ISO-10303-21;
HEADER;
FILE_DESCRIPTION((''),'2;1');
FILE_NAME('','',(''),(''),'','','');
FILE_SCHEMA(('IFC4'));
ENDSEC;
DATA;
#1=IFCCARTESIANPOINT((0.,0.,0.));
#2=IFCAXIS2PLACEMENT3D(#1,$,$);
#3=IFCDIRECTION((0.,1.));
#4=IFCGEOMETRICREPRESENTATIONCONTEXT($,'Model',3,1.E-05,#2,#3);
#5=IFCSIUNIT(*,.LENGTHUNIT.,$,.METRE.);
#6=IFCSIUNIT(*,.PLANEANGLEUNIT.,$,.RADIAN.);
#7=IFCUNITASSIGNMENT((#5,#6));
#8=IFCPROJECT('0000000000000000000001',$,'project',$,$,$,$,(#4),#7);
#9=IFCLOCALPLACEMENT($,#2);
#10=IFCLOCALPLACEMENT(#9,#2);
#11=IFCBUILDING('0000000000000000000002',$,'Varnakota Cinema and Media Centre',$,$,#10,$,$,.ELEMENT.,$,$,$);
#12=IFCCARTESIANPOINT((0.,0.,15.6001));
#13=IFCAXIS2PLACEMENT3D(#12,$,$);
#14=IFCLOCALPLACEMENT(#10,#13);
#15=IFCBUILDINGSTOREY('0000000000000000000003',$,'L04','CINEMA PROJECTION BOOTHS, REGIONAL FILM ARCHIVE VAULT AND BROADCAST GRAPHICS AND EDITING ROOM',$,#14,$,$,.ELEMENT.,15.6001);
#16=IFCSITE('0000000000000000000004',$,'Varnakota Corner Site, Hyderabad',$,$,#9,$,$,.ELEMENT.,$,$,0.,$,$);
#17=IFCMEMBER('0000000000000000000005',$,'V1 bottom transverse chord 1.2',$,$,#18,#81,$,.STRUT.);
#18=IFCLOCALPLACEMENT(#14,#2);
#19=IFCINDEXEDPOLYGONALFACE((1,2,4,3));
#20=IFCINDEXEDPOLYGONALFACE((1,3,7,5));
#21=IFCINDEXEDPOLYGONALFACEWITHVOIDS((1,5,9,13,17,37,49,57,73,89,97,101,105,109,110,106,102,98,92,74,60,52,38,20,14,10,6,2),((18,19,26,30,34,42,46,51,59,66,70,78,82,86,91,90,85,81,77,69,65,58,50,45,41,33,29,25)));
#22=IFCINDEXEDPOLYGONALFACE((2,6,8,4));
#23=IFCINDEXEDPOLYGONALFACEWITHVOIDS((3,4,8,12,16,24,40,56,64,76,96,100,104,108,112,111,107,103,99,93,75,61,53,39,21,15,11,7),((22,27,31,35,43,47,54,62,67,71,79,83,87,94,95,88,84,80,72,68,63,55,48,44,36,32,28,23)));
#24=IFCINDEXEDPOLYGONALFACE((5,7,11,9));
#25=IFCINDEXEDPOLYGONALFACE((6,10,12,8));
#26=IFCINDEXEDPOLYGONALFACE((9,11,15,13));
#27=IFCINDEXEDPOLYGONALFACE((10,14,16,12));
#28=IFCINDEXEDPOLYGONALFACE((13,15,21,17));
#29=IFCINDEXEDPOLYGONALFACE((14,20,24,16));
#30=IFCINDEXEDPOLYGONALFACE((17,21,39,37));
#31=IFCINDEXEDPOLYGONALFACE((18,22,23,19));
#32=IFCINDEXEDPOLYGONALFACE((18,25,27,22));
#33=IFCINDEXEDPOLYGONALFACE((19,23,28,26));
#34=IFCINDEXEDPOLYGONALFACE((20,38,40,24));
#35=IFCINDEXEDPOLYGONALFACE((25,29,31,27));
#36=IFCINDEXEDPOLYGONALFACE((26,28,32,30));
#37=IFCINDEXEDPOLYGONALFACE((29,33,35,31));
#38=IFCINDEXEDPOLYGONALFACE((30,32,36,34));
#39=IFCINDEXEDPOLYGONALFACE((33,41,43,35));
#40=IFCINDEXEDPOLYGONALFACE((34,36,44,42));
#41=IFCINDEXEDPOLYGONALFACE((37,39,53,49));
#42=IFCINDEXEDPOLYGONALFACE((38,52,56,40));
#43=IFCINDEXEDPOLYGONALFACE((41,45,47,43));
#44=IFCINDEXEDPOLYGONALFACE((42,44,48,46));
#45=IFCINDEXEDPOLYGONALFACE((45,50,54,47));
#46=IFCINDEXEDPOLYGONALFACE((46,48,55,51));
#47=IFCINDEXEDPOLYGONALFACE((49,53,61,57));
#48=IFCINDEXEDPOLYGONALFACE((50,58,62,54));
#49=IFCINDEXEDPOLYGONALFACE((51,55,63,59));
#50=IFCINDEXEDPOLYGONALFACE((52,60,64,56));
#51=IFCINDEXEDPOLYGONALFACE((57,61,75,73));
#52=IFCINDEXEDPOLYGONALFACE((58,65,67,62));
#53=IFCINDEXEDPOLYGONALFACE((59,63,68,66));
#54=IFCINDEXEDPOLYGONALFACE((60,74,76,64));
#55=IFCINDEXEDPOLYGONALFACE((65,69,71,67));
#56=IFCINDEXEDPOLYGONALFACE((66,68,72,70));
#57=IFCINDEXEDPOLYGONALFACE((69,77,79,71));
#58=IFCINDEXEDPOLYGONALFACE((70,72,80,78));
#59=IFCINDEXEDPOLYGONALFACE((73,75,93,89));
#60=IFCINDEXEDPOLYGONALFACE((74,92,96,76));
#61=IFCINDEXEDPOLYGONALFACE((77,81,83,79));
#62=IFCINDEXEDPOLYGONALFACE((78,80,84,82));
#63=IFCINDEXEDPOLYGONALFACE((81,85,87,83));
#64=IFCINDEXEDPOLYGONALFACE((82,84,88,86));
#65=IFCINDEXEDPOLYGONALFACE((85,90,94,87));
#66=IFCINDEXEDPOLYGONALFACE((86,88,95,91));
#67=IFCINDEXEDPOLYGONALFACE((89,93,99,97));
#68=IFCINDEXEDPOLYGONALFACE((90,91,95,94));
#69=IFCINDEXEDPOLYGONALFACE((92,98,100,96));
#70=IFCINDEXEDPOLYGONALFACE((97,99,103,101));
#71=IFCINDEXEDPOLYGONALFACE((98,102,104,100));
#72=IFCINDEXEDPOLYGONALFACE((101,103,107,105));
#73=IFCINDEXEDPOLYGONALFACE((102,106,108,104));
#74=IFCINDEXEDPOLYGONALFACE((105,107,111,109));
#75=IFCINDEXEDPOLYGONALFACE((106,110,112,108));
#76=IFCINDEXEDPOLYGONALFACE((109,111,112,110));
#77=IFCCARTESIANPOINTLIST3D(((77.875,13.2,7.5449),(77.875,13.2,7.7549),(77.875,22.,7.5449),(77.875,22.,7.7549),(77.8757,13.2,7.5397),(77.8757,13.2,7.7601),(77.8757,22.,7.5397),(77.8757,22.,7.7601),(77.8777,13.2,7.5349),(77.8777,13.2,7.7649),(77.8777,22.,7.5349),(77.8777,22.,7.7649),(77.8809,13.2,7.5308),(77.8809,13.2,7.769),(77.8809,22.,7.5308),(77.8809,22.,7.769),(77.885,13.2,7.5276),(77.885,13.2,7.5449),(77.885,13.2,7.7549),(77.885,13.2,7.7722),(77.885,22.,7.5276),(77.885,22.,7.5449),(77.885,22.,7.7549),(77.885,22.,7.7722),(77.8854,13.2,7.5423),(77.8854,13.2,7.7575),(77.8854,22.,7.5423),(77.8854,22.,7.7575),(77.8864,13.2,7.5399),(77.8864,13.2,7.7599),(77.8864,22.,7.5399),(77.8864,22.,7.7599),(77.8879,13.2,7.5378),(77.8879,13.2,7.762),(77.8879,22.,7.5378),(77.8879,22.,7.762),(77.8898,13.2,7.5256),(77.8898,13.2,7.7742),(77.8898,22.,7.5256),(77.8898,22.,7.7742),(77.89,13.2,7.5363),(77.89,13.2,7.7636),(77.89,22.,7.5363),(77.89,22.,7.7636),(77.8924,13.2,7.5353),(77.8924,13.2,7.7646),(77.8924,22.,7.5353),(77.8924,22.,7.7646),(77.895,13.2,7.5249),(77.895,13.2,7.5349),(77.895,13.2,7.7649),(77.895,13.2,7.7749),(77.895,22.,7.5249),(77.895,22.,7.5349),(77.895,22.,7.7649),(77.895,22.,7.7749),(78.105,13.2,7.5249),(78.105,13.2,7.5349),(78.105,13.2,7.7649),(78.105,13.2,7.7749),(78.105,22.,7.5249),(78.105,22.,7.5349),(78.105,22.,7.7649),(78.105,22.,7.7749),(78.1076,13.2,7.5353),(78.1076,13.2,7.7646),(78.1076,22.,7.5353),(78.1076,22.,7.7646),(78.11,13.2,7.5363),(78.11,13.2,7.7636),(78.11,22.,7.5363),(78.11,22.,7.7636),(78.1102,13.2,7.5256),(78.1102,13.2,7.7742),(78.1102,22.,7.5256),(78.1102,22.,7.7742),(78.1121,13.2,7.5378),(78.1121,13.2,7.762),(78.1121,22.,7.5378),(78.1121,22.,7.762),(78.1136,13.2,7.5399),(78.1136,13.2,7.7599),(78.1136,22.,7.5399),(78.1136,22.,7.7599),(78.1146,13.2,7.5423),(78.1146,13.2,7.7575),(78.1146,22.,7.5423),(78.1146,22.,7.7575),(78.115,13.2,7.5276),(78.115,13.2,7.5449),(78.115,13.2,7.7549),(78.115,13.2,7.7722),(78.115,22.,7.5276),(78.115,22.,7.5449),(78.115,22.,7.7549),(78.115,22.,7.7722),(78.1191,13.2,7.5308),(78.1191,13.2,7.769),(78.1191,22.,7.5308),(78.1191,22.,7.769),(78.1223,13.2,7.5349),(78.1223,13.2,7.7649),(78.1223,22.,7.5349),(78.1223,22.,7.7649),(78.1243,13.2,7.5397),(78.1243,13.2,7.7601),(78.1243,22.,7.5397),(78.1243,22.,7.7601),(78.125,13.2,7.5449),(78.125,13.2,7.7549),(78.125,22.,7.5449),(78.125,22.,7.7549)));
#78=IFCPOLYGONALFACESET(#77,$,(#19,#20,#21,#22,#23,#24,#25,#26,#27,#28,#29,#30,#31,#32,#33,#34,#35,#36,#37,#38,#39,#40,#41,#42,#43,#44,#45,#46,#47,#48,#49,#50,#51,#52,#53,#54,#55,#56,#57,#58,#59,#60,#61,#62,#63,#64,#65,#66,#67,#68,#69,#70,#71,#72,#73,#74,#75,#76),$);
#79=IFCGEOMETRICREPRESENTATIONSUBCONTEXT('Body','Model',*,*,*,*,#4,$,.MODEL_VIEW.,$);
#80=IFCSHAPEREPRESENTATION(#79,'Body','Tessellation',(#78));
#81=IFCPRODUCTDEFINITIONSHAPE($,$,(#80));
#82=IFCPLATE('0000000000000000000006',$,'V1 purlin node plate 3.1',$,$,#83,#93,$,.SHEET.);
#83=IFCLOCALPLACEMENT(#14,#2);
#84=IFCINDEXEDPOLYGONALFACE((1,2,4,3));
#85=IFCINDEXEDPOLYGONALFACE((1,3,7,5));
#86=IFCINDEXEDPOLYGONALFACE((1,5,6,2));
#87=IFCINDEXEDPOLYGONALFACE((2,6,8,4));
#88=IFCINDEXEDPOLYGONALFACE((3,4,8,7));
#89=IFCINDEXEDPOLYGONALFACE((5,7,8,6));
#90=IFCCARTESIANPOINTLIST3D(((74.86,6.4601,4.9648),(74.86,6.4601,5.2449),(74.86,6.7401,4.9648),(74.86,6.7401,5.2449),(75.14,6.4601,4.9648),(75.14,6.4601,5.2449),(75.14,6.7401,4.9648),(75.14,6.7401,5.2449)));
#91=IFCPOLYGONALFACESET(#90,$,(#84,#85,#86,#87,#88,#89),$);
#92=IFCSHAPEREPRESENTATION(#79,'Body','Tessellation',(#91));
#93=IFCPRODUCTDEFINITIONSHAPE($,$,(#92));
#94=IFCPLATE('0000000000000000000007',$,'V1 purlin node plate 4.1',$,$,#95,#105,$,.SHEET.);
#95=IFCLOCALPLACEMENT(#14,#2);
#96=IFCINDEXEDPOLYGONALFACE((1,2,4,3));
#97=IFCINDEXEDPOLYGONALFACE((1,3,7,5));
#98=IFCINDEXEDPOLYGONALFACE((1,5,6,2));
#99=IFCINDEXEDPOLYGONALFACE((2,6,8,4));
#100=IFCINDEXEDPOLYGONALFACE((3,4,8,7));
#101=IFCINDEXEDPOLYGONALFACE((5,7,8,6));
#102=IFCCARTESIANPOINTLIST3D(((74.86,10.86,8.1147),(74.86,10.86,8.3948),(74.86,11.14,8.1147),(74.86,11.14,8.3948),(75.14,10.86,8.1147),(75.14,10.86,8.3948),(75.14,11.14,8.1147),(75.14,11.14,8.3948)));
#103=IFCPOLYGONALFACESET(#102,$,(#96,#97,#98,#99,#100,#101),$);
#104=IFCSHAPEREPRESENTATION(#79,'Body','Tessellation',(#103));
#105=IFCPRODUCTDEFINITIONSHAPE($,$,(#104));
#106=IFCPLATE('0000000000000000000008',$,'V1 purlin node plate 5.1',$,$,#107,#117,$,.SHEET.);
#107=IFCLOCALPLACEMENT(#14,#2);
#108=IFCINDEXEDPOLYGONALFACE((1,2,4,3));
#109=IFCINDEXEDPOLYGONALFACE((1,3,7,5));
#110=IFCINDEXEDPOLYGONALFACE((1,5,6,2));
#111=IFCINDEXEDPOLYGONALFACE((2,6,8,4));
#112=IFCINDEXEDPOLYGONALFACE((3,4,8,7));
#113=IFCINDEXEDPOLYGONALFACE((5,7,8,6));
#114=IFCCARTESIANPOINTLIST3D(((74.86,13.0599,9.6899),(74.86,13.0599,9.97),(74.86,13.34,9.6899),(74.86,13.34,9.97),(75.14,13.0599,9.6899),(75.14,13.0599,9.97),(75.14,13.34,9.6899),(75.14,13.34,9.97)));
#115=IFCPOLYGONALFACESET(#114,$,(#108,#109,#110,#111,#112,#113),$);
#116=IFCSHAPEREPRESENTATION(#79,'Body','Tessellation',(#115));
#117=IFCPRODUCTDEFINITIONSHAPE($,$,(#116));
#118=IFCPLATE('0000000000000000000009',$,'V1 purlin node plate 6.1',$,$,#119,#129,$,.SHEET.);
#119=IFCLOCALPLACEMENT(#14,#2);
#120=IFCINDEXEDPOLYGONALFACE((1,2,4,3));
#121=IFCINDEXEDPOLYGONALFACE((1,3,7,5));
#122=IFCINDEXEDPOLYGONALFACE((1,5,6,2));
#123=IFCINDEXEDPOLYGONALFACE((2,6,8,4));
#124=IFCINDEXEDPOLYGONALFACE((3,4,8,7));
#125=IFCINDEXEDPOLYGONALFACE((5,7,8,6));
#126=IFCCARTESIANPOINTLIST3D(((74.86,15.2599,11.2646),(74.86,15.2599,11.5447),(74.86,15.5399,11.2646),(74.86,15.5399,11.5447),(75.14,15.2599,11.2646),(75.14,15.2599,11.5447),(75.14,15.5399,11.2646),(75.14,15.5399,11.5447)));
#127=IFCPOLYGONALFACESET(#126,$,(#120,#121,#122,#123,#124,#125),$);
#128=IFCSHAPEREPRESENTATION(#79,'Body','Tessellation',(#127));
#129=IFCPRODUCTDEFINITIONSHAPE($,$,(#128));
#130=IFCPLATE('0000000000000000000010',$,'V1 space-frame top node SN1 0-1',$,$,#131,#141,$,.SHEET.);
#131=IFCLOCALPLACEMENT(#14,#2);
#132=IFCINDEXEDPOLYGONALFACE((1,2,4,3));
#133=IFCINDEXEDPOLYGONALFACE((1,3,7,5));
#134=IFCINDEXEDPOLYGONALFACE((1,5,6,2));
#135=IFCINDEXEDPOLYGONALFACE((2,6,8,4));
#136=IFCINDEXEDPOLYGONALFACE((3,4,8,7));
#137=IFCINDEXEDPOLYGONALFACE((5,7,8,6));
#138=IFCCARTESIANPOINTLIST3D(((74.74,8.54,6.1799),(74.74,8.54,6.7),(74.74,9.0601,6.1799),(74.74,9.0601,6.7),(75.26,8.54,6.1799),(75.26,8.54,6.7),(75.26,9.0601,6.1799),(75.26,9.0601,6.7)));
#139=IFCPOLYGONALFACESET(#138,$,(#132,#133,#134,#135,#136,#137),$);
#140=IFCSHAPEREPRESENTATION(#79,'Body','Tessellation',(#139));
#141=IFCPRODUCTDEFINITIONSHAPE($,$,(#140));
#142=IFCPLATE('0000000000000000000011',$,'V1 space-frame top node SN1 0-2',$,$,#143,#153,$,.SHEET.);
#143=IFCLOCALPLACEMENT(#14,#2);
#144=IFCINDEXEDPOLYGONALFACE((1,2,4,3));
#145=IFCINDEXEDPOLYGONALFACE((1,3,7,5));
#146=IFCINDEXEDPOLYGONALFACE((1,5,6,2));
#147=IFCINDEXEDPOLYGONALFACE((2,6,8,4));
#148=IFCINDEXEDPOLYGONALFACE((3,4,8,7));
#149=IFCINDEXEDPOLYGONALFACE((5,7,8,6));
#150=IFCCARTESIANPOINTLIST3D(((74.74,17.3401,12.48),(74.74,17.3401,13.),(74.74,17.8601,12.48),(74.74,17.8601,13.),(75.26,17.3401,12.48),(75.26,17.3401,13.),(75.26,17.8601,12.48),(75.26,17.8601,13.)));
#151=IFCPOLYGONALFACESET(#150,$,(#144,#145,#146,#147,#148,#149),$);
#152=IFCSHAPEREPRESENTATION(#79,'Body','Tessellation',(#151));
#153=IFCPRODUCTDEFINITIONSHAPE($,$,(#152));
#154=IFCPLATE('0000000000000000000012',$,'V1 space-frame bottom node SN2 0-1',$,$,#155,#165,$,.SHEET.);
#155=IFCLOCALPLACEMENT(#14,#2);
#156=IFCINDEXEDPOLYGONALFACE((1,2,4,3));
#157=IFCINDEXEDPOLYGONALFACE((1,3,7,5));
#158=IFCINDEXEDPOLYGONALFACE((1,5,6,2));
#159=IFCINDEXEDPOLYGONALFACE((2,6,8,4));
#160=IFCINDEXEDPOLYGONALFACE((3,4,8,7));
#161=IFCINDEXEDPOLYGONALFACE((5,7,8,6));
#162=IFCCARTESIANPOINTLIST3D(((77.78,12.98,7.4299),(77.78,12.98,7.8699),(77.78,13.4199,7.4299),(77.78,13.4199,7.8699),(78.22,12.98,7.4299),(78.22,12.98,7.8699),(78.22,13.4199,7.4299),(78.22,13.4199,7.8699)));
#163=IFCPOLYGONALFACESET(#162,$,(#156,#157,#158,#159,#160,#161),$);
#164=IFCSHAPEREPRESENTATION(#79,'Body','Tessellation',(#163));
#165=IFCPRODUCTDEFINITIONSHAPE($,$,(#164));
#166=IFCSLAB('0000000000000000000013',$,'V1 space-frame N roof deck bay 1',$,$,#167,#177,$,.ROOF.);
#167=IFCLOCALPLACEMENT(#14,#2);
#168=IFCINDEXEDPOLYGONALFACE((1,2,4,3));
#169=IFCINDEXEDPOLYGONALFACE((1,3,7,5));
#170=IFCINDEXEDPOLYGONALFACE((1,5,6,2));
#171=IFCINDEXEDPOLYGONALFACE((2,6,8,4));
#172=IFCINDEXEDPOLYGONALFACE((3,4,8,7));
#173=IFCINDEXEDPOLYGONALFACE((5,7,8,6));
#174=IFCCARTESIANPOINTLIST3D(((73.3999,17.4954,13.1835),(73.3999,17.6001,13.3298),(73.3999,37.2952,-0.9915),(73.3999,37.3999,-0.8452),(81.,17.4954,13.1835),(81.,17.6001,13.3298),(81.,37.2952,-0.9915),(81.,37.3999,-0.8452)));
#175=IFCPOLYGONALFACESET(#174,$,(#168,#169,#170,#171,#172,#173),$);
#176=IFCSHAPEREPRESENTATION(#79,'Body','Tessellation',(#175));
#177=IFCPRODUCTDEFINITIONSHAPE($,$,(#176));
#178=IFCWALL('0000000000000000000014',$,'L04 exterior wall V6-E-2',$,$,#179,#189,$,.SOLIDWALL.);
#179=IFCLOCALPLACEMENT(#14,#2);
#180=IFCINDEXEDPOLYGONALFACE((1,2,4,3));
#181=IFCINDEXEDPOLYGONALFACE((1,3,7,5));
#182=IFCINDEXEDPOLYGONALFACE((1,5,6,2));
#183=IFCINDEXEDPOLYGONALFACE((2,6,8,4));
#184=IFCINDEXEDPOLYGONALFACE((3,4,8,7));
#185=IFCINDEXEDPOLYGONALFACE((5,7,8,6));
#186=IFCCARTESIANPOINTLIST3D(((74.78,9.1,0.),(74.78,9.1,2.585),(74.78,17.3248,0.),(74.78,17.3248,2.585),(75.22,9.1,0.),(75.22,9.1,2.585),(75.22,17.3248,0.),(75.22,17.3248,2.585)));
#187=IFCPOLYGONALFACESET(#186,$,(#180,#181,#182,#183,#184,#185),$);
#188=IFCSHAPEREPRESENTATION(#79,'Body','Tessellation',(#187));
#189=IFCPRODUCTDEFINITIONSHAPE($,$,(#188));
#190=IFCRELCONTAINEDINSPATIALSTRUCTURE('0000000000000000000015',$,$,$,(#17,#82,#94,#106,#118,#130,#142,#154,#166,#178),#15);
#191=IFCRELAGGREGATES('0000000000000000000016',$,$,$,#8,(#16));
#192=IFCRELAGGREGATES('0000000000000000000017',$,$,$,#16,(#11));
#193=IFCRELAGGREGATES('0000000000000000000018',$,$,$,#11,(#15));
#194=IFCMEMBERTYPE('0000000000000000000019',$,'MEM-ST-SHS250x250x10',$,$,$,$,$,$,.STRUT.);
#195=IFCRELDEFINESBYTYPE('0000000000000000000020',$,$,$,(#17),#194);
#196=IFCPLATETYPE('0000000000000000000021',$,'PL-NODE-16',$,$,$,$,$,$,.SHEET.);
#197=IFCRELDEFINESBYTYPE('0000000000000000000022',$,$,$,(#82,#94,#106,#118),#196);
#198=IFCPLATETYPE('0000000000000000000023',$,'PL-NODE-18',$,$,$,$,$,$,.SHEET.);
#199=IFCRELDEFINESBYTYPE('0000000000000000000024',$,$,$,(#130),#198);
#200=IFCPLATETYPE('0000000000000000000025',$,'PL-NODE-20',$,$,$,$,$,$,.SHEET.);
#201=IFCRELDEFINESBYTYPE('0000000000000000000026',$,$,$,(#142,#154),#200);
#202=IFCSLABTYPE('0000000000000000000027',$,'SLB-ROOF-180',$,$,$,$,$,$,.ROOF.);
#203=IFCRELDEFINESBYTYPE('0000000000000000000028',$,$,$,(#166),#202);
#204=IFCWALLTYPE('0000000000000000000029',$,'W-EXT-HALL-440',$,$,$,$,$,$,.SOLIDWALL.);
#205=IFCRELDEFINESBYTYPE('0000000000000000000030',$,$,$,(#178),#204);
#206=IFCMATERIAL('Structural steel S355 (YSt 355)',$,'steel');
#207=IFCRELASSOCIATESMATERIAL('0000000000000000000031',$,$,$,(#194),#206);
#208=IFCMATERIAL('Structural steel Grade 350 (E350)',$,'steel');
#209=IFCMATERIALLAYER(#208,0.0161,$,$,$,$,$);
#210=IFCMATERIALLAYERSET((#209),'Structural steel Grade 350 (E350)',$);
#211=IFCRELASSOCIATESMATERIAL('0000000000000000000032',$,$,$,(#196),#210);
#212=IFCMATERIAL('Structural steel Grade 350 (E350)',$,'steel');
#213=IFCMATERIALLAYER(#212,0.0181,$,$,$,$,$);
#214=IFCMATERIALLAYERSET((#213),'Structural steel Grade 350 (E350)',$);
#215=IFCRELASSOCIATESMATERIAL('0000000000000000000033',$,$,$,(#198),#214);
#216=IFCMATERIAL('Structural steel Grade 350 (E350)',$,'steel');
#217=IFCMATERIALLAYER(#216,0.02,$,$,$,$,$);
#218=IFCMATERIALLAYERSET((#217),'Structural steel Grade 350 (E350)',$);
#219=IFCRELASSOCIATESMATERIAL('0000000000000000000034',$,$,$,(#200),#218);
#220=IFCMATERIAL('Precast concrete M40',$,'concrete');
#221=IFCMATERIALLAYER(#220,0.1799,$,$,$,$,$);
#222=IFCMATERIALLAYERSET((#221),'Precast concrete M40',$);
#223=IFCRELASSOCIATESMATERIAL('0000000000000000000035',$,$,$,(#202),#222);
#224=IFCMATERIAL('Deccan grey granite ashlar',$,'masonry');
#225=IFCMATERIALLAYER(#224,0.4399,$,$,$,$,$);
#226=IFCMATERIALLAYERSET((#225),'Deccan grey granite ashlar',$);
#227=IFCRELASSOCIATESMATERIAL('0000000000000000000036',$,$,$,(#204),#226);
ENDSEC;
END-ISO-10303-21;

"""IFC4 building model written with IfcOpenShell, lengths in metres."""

from ifc_helpers import new_model, si_unit, direction, frame, frame_2d, origin, origin_2d, place, context, subcontext, project, spatial, polyline, rectangle, hollow_rectangle, outline, extrude, material, layer, layer_set, material_profile, profile_set, type_object, element, save


model = new_model("IFC4")

# Units and contexts
model_context = context("Model", 3, precision=1e-05, world=origin(), true_north=direction((0.0, 1.0)))
body_context = subcontext(model_context, "Body", "Model", "MODEL_VIEW")
ifc_project = project(units=[si_unit("LENGTHUNIT", "METRE"), si_unit("PLANEANGLEUNIT", "RADIAN")], contexts=[model_context])

# Site, building, storey
site_placement = place(None, origin())
site = spatial("IfcSite", under=ifc_project, at=site_placement, Name="Varnakota Corner Site, Hyderabad", CompositionType="ELEMENT", RefElevation=0.0)
building_placement = place(site_placement, origin())
building = spatial("IfcBuilding", under=site, at=building_placement, Name="Varnakota Cinema and Media Centre", CompositionType="ELEMENT")
storey_placement = place(building_placement, frame((0.0, 0.0, 15.6001)))
storey = spatial("IfcBuildingStorey", under=building, at=storey_placement, Name="L04", Description="CINEMA PROJECTION BOOTHS, REGIONAL FILM ARCHIVE VAULT AND BROADCAST GRAPHICS AND EDITING ROOM", CompositionType="ELEMENT", Elevation=15.6001)

# Member
ifc_material_1 = material(Name="Structural steel S355 (YSt 355)", Category="steel")
ifc_material_profile_1 = material_profile(ifc_material_1, hollow_rectangle(XDim=0.25, YDim=0.25, WallThickness=0.01, InnerFilletRadius=0.01, OuterFilletRadius=0.02, at=origin_2d()), Name="SHS 250x250x10")
ifc_profile_set_1 = profile_set([ifc_material_profile_1], Name="Structural steel S355 (YSt 355)")
member_type_1 = type_object("IfcMemberType", Name="MEM-ST-SHS250x250x10", PredefinedType="STRUT", material=ifc_profile_set_1)
member_1_placement = place(storey_placement, frame((78.0, 13.2, 7.6499), z_axis=(0.0, 1.0, 0.0), x_axis=(-1.0, 0.0, 0.0)))
element("IfcMember", 1, at=member_1_placement, inside=storey, type_object=member_type_1, Name="V1 bottom transverse chord 1.2", PredefinedType="STRUT", context=body_context, shape_type="SweptSolid", body=[
    extrude(hollow_rectangle(XDim=0.25, YDim=0.25, WallThickness=0.01, InnerFilletRadius=0.01, OuterFilletRadius=0.02, at=origin_2d()), origin(), (0.0, 0.0, 1.0), 8.8),
])

# Plates
ifc_material_2 = material(Name="Structural steel Grade 350 (E350)", Category="steel")
ifc_layer_1 = layer(ifc_material_2, 0.0161)
ifc_layer_set_1 = layer_set([ifc_layer_1], Name="Structural steel Grade 350 (E350)")
plate_type_1 = type_object("IfcPlateType", Name="PL-NODE-16", PredefinedType="SHEET", material=ifc_layer_set_1)
for number, where, z_axis, x_axis, name in (
    (2, (75.0, 6.6001, 4.9648), (0.0, 0.0, 1.0), (1.0, 0.0, 0.0), "V1 purlin node plate 3.1"),
    (3, (75.0, 11.0, 8.1147), (0.0, 0.0, 1.0), (1.0, 0.0, 0.0), "V1 purlin node plate 4.1"),
    (4, (75.0, 13.2, 9.6899), (0.0, 0.0, 1.0), (1.0, 0.0, 0.0), "V1 purlin node plate 5.1"),
    (5, (75.0, 15.3999, 11.2646), (0.0, 0.0, 1.0), (1.0, 0.0, 0.0), "V1 purlin node plate 6.1"),
):
    element("IfcPlate", number, at=place(storey_placement, frame(where, z_axis=z_axis, x_axis=x_axis)), inside=storey, type_object=plate_type_1, Name=name, PredefinedType="SHEET", context=body_context, shape_type="SweptSolid", body=[
        extrude(rectangle(XDim=0.28, YDim=0.28, at=origin_2d()), origin(), (0.0, 0.0, 1.0), 0.28),
    ])
ifc_material_3 = material(Name="Structural steel Grade 350 (E350)", Category="steel")
ifc_layer_2 = layer(ifc_material_3, 0.0181)
ifc_layer_set_2 = layer_set([ifc_layer_2], Name="Structural steel Grade 350 (E350)")
plate_type_2 = type_object("IfcPlateType", Name="PL-NODE-18", PredefinedType="SHEET", material=ifc_layer_set_2)
plate_1_placement = place(storey_placement, frame((75.0, 8.8, 6.1799), z_axis=(0.0, 0.0, 1.0), x_axis=(1.0, 0.0, 0.0)))
element("IfcPlate", 6, at=plate_1_placement, inside=storey, type_object=plate_type_2, Name="V1 space-frame top node SN1 0-1", PredefinedType="SHEET", context=body_context, shape_type="SweptSolid", body=[
    extrude(rectangle(XDim=0.52, YDim=0.52, at=origin_2d()), origin(), (0.0, 0.0, 1.0), 0.52),
])
ifc_material_4 = material(Name="Structural steel Grade 350 (E350)", Category="steel")
ifc_layer_3 = layer(ifc_material_4, 0.02)
ifc_layer_set_3 = layer_set([ifc_layer_3], Name="Structural steel Grade 350 (E350)")
plate_type_3 = type_object("IfcPlateType", Name="PL-NODE-20", PredefinedType="SHEET", material=ifc_layer_set_3)
plate_2_placement = place(storey_placement, frame((75.0, 17.6001, 12.48), z_axis=(0.0, 0.0, 1.0), x_axis=(1.0, 0.0, 0.0)))
element("IfcPlate", 7, at=plate_2_placement, inside=storey, type_object=plate_type_3, Name="V1 space-frame top node SN1 0-2", PredefinedType="SHEET", context=body_context, shape_type="SweptSolid", body=[
    extrude(rectangle(XDim=0.52, YDim=0.52, at=origin_2d()), origin(), (0.0, 0.0, 1.0), 0.52),
])
plate_3_placement = place(storey_placement, frame((78.0, 13.2, 7.4299), z_axis=(0.0, 0.0, 1.0), x_axis=(1.0, 0.0, 0.0)))
element("IfcPlate", 8, at=plate_3_placement, inside=storey, type_object=plate_type_3, Name="V1 space-frame bottom node SN2 0-1", PredefinedType="SHEET", context=body_context, shape_type="SweptSolid", body=[
    extrude(rectangle(XDim=0.4399, YDim=0.4399, at=origin_2d()), origin(), (0.0, 0.0, 1.0), 0.4399),
])

# Slab
ifc_material_5 = material(Name="Precast concrete M40", Category="concrete")
ifc_layer_4 = layer(ifc_material_5, 0.1799)
ifc_layer_set_4 = layer_set([ifc_layer_4], Name="Precast concrete M40")
slab_type = type_object("IfcSlabType", Name="SLB-ROOF-180", PredefinedType="ROOF", material=ifc_layer_set_4)
slab_placement = place(storey_placement, frame((73.3999, 17.6001, 13.3298), z_axis=(0.0, 0.582117, 0.813105), x_axis=(1.0, 0.0, 0.0)))
element("IfcSlab", 9, at=slab_placement, inside=storey, type_object=slab_type, Name="V1 space-frame N roof deck bay 1", PredefinedType="ROOF", context=body_context, shape_type="SweptSolid", body=[
    extrude(outline(polyline([(0.0, 0.0), (7.6001, 0.0), (7.6001, 24.3509), (0.0, 24.3509), (0.0, 0.0)])), origin(), (0.0, 0.0, -1.0), 0.1799),
])

# Wall
ifc_material_6 = material(Name="Deccan grey granite ashlar", Category="masonry")
ifc_layer_5 = layer(ifc_material_6, 0.4399)
ifc_layer_set_5 = layer_set([ifc_layer_5], Name="Deccan grey granite ashlar")
wall_type_1 = type_object("IfcWallType", Name="W-EXT-HALL-440", PredefinedType="SOLIDWALL", material=ifc_layer_set_5)
wall_1_placement = place(storey_placement, frame((75.0, 9.1001, 0.0), z_axis=(0.0, 0.0, 1.0), x_axis=(0.0, 1.0, 0.0)))
element("IfcWall", 10, at=wall_1_placement, inside=storey, type_object=wall_type_1, Name="L04 exterior wall V6-E-2", PredefinedType="SOLIDWALL", context=body_context, shape_type="SweptSolid", body=[
    extrude(rectangle(XDim=8.2249, YDim=0.4399, at=frame_2d((4.1123, 0.0))), origin(), (0.0, 0.0, 1.0), 2.585),
])

save(model, "model.ifc")
